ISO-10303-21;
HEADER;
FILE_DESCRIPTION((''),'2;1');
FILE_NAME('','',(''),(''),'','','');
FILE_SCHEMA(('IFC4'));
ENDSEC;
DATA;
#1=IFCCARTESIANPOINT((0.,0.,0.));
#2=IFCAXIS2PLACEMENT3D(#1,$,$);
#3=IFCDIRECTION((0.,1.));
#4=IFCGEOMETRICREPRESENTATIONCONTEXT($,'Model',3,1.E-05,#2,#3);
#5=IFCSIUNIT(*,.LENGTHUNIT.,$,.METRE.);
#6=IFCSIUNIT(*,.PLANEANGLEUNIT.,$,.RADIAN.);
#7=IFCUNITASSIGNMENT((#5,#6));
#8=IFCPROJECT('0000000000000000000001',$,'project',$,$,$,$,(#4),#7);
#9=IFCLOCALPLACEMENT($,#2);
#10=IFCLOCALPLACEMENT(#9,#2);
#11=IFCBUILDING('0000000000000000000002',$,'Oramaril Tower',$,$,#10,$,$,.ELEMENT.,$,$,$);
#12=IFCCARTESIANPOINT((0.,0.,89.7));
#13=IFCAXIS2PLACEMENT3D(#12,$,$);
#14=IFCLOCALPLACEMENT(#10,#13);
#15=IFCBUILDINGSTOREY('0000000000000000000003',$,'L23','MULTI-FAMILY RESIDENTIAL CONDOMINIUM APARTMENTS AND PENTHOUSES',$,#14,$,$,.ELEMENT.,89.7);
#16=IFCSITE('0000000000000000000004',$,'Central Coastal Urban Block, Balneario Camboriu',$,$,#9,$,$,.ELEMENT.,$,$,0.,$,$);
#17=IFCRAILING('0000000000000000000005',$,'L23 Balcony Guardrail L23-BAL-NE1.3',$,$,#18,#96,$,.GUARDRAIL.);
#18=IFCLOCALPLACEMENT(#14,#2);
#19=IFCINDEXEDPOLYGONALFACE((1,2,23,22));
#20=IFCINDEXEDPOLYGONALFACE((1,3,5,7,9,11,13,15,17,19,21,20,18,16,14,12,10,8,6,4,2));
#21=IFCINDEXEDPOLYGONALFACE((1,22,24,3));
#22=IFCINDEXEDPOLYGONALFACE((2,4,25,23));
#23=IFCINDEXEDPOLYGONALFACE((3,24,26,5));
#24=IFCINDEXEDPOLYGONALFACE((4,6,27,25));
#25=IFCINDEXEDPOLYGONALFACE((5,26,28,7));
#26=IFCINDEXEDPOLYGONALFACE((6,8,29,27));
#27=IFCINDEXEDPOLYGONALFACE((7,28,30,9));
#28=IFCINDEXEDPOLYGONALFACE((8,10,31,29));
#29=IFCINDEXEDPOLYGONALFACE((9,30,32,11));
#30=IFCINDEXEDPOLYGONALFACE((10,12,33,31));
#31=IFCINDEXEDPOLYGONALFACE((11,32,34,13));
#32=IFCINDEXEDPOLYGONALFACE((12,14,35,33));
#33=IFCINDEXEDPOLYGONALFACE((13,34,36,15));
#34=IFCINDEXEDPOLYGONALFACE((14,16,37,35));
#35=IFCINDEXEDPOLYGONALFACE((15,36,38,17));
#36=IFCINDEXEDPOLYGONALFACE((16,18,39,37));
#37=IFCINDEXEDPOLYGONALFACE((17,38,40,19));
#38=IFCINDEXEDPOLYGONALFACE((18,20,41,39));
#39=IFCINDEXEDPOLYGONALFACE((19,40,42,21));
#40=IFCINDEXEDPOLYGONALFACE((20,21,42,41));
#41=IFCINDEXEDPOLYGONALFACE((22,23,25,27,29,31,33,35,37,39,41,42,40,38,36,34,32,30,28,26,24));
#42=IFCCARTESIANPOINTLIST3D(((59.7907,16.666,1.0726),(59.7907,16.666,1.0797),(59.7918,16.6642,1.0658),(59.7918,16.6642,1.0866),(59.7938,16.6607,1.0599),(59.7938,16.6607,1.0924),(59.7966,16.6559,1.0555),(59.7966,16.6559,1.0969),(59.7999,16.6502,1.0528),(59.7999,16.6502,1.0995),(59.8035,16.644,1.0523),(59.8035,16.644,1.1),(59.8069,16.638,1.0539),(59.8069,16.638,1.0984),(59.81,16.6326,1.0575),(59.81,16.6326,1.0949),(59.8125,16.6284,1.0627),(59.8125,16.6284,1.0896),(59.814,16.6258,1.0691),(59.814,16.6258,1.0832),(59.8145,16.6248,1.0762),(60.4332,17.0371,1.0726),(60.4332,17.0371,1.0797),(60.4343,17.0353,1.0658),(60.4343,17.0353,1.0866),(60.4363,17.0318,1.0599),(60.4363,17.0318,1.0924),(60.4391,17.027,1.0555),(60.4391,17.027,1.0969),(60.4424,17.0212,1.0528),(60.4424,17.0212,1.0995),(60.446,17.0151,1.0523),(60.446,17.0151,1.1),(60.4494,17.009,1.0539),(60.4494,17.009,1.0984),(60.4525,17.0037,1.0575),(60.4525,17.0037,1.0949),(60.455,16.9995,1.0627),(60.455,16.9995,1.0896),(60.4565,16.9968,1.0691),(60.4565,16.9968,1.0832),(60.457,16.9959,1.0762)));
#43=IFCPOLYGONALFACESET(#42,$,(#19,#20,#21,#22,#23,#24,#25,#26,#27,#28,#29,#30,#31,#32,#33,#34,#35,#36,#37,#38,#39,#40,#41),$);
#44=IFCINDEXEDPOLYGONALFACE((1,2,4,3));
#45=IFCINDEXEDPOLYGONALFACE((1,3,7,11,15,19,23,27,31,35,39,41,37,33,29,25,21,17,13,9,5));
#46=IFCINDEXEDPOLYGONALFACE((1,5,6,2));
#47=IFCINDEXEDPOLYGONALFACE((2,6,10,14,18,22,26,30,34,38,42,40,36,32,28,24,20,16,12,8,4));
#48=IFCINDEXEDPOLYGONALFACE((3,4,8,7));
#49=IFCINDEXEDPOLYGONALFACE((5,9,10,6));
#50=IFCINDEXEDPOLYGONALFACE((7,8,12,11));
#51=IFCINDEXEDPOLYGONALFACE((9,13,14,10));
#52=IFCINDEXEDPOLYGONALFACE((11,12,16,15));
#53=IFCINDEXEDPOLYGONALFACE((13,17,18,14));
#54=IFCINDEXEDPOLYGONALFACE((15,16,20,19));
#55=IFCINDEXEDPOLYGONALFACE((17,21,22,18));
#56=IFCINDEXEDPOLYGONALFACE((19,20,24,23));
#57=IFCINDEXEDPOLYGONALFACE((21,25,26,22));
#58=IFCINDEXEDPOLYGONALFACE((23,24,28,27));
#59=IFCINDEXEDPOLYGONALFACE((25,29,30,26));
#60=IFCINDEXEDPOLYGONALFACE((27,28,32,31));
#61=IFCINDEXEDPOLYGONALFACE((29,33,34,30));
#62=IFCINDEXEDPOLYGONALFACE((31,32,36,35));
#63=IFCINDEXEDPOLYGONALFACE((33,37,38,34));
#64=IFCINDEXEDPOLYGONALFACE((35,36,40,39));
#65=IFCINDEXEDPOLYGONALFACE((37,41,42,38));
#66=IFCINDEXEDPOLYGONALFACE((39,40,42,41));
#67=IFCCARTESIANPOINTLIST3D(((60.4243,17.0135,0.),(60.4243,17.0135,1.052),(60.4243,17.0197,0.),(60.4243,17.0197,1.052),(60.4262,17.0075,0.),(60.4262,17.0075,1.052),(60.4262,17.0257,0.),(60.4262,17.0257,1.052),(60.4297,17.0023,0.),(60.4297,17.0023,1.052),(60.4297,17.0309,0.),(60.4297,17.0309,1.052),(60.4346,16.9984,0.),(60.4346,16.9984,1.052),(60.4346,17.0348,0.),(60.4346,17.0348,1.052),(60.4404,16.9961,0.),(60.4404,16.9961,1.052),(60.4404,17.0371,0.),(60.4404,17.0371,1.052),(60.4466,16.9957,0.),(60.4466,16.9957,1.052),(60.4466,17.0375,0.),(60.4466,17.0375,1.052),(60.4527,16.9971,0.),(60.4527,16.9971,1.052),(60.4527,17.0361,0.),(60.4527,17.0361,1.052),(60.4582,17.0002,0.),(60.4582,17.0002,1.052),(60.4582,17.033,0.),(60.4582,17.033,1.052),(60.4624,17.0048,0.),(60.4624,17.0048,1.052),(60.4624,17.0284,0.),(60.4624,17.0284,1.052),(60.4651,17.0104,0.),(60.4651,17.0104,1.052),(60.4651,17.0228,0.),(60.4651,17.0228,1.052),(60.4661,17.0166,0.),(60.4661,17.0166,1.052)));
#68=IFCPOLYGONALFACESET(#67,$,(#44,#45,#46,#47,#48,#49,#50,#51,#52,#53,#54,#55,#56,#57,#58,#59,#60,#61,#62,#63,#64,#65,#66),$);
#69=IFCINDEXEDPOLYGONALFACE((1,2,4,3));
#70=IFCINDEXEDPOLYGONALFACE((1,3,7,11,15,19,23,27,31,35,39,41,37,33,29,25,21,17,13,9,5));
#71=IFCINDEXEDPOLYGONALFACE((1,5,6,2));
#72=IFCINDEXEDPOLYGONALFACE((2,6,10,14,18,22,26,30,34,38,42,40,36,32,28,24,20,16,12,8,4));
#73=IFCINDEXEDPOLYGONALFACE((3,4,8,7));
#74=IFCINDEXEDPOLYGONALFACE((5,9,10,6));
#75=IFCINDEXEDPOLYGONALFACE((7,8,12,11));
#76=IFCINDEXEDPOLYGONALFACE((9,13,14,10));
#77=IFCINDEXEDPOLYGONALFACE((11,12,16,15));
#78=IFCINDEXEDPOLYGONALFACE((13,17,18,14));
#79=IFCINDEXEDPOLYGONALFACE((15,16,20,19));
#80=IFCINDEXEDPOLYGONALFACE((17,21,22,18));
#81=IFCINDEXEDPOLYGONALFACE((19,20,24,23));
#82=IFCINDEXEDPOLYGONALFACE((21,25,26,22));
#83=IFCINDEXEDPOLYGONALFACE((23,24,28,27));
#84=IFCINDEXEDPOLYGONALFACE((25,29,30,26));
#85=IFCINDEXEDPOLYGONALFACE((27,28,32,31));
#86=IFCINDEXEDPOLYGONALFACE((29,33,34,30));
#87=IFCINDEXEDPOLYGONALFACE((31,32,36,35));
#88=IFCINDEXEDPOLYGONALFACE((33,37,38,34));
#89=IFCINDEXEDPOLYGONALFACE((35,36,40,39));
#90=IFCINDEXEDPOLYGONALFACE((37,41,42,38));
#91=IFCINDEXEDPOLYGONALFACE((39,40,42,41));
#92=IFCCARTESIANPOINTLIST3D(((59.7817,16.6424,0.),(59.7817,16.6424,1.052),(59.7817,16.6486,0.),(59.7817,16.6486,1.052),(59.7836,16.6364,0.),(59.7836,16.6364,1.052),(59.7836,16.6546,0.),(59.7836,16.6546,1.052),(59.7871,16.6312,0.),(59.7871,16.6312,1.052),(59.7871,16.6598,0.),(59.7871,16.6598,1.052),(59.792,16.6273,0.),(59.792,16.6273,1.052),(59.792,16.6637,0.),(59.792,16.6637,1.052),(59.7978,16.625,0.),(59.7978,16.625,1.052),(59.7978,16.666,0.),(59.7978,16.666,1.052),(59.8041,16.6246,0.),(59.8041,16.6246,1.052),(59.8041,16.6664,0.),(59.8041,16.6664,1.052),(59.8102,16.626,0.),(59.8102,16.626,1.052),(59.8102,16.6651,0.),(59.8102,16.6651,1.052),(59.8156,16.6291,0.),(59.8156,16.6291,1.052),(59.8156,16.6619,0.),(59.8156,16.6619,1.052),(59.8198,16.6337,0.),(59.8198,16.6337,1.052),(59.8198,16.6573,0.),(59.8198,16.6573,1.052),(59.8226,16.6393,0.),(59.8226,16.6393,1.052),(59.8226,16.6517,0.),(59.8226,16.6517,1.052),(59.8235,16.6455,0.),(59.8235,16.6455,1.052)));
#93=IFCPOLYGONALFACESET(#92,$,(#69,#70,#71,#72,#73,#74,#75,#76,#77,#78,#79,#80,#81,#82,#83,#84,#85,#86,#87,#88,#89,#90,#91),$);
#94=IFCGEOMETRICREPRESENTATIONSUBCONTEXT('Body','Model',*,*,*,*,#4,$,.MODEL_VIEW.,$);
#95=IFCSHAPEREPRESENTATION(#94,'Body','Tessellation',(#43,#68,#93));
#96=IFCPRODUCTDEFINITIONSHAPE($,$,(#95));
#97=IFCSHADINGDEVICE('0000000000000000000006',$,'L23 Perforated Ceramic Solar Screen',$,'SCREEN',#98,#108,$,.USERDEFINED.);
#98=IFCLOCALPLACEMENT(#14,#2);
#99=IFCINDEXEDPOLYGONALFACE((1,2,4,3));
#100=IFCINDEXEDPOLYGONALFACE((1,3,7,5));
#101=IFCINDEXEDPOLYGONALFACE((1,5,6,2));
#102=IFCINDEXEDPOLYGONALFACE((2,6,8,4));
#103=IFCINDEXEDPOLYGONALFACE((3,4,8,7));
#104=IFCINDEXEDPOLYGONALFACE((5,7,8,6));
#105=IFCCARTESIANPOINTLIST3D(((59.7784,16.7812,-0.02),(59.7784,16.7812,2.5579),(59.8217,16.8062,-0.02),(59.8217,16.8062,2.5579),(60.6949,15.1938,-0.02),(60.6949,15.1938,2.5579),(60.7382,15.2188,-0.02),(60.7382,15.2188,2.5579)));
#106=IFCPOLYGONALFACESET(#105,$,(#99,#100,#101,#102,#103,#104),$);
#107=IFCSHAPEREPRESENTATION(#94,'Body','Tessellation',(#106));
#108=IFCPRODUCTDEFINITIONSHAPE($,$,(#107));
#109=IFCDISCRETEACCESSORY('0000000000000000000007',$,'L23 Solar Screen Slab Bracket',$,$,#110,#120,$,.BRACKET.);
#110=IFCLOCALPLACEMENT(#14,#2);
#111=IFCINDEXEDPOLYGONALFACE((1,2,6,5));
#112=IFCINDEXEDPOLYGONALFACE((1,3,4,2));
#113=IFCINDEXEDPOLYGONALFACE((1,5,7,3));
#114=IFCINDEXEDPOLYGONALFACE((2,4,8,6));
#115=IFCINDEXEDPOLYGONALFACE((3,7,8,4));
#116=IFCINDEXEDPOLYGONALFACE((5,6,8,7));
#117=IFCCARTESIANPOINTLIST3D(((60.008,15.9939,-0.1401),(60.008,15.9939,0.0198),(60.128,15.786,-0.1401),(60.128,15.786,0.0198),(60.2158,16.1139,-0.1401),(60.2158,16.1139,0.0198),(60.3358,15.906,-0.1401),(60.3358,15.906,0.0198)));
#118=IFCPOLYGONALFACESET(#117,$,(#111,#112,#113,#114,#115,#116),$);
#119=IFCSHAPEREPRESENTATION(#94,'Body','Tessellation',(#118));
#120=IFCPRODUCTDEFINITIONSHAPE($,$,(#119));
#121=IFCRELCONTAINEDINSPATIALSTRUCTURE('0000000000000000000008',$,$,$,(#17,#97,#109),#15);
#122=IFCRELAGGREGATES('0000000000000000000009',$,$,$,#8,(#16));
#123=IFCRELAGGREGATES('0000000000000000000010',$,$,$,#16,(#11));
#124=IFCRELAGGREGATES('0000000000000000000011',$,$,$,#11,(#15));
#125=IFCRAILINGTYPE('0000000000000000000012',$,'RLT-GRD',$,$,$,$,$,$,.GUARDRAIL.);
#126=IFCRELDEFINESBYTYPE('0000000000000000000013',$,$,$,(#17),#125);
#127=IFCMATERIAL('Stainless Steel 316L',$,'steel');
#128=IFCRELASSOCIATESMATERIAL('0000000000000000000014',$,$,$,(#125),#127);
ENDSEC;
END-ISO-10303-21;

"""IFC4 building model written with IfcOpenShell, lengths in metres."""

from ifc_helpers import new_model, si_unit, direction, frame, origin, origin_2d, place, context, subcontext, project, spatial, rectangle, circle, extrude, material, type_object, element, save


model = new_model("IFC4")

# Units and contexts
model_context = context("Model", 3, precision=1e-05, world=origin(), true_north=direction((0.0, 1.0)))
body_context = subcontext(model_context, "Body", "Model", "MODEL_VIEW")
ifc_project = project(units=[si_unit("LENGTHUNIT", "METRE"), si_unit("PLANEANGLEUNIT", "RADIAN")], contexts=[model_context])

# Site, building, storey
site_placement = place(None, origin())
site = spatial("IfcSite", under=ifc_project, at=site_placement, Name="Central Coastal Urban Block, Balneario Camboriu", CompositionType="ELEMENT", RefElevation=0.0)
building_placement = place(site_placement, origin())
building = spatial("IfcBuilding", under=site, at=building_placement, Name="Oramaril Tower", CompositionType="ELEMENT")
storey_placement = place(building_placement, frame((0.0, 0.0, 89.7)))
storey = spatial("IfcBuildingStorey", under=building, at=storey_placement, Name="L23", Description="MULTI-FAMILY RESIDENTIAL CONDOMINIUM APARTMENTS AND PENTHOUSES", CompositionType="ELEMENT", Elevation=89.7)

# Railing
ifc_material_1 = material(Name="Stainless Steel 316L", Category="steel")
railing_type = type_object("IfcRailingType", Name="RLT-GRD", PredefinedType="GUARDRAIL", material=ifc_material_1)
railing_placement = place(storey_placement, frame((60.4451, 17.0166, 0.0)))
element("IfcRailing", 1, at=railing_placement, inside=storey, type_object=railing_type, Name="L23 Balcony Guardrail L23-BAL-NE1.3", PredefinedType="GUARDRAIL", context=body_context, shape_type="SweptSolid", body=[
    extrude(circle(Radius=0.0239, at=origin_2d()), frame((0.0, 0.0, 1.0762), z_axis=(-0.865966, -0.500102, 0.0), x_axis=(0.500102, -0.865966, 0.0)), (0.0, 0.0, 1.0), 0.7419),
    extrude(circle(Radius=0.021, at=origin_2d()), origin(), (0.0, 0.0, 1.0), 1.052),
    extrude(circle(Radius=0.021, at=origin_2d()), frame((-0.6426, -0.3711, 0.0)), (0.0, 0.0, 1.0), 1.052),
])

# Shading device
shading_device_placement = place(storey_placement, frame((60.2583, 16.0, -0.02), z_axis=(0.0, 0.0, 1.0), x_axis=(-0.5, 0.866025, 0.0)))
element("IfcShadingDevice", 2, at=shading_device_placement, inside=storey, Name="L23 Perforated Ceramic Solar Screen", ObjectType="SCREEN", PredefinedType="USERDEFINED", context=body_context, shape_type="SweptSolid", body=[
    extrude(rectangle(XDim=1.833, YDim=0.05, at=origin_2d()), origin(), (0.0, 0.0, 1.0), 2.5779),
])

# Discrete accessory
discrete_accessory_placement = place(storey_placement, frame((60.1719, 15.95, -0.1401), z_axis=(0.0, 0.0, 1.0), x_axis=(-0.5, 0.866025, 0.0)))
element("IfcDiscreteAccessory", 3, at=discrete_accessory_placement, inside=storey, Name="L23 Solar Screen Slab Bracket", PredefinedType="BRACKET", context=body_context, shape_type="SweptSolid", body=[
    extrude(rectangle(XDim=0.24, YDim=0.24, at=origin_2d()), origin(), (0.0, 0.0, 1.0), 0.1599),
])

save(model, "model.ifc")
